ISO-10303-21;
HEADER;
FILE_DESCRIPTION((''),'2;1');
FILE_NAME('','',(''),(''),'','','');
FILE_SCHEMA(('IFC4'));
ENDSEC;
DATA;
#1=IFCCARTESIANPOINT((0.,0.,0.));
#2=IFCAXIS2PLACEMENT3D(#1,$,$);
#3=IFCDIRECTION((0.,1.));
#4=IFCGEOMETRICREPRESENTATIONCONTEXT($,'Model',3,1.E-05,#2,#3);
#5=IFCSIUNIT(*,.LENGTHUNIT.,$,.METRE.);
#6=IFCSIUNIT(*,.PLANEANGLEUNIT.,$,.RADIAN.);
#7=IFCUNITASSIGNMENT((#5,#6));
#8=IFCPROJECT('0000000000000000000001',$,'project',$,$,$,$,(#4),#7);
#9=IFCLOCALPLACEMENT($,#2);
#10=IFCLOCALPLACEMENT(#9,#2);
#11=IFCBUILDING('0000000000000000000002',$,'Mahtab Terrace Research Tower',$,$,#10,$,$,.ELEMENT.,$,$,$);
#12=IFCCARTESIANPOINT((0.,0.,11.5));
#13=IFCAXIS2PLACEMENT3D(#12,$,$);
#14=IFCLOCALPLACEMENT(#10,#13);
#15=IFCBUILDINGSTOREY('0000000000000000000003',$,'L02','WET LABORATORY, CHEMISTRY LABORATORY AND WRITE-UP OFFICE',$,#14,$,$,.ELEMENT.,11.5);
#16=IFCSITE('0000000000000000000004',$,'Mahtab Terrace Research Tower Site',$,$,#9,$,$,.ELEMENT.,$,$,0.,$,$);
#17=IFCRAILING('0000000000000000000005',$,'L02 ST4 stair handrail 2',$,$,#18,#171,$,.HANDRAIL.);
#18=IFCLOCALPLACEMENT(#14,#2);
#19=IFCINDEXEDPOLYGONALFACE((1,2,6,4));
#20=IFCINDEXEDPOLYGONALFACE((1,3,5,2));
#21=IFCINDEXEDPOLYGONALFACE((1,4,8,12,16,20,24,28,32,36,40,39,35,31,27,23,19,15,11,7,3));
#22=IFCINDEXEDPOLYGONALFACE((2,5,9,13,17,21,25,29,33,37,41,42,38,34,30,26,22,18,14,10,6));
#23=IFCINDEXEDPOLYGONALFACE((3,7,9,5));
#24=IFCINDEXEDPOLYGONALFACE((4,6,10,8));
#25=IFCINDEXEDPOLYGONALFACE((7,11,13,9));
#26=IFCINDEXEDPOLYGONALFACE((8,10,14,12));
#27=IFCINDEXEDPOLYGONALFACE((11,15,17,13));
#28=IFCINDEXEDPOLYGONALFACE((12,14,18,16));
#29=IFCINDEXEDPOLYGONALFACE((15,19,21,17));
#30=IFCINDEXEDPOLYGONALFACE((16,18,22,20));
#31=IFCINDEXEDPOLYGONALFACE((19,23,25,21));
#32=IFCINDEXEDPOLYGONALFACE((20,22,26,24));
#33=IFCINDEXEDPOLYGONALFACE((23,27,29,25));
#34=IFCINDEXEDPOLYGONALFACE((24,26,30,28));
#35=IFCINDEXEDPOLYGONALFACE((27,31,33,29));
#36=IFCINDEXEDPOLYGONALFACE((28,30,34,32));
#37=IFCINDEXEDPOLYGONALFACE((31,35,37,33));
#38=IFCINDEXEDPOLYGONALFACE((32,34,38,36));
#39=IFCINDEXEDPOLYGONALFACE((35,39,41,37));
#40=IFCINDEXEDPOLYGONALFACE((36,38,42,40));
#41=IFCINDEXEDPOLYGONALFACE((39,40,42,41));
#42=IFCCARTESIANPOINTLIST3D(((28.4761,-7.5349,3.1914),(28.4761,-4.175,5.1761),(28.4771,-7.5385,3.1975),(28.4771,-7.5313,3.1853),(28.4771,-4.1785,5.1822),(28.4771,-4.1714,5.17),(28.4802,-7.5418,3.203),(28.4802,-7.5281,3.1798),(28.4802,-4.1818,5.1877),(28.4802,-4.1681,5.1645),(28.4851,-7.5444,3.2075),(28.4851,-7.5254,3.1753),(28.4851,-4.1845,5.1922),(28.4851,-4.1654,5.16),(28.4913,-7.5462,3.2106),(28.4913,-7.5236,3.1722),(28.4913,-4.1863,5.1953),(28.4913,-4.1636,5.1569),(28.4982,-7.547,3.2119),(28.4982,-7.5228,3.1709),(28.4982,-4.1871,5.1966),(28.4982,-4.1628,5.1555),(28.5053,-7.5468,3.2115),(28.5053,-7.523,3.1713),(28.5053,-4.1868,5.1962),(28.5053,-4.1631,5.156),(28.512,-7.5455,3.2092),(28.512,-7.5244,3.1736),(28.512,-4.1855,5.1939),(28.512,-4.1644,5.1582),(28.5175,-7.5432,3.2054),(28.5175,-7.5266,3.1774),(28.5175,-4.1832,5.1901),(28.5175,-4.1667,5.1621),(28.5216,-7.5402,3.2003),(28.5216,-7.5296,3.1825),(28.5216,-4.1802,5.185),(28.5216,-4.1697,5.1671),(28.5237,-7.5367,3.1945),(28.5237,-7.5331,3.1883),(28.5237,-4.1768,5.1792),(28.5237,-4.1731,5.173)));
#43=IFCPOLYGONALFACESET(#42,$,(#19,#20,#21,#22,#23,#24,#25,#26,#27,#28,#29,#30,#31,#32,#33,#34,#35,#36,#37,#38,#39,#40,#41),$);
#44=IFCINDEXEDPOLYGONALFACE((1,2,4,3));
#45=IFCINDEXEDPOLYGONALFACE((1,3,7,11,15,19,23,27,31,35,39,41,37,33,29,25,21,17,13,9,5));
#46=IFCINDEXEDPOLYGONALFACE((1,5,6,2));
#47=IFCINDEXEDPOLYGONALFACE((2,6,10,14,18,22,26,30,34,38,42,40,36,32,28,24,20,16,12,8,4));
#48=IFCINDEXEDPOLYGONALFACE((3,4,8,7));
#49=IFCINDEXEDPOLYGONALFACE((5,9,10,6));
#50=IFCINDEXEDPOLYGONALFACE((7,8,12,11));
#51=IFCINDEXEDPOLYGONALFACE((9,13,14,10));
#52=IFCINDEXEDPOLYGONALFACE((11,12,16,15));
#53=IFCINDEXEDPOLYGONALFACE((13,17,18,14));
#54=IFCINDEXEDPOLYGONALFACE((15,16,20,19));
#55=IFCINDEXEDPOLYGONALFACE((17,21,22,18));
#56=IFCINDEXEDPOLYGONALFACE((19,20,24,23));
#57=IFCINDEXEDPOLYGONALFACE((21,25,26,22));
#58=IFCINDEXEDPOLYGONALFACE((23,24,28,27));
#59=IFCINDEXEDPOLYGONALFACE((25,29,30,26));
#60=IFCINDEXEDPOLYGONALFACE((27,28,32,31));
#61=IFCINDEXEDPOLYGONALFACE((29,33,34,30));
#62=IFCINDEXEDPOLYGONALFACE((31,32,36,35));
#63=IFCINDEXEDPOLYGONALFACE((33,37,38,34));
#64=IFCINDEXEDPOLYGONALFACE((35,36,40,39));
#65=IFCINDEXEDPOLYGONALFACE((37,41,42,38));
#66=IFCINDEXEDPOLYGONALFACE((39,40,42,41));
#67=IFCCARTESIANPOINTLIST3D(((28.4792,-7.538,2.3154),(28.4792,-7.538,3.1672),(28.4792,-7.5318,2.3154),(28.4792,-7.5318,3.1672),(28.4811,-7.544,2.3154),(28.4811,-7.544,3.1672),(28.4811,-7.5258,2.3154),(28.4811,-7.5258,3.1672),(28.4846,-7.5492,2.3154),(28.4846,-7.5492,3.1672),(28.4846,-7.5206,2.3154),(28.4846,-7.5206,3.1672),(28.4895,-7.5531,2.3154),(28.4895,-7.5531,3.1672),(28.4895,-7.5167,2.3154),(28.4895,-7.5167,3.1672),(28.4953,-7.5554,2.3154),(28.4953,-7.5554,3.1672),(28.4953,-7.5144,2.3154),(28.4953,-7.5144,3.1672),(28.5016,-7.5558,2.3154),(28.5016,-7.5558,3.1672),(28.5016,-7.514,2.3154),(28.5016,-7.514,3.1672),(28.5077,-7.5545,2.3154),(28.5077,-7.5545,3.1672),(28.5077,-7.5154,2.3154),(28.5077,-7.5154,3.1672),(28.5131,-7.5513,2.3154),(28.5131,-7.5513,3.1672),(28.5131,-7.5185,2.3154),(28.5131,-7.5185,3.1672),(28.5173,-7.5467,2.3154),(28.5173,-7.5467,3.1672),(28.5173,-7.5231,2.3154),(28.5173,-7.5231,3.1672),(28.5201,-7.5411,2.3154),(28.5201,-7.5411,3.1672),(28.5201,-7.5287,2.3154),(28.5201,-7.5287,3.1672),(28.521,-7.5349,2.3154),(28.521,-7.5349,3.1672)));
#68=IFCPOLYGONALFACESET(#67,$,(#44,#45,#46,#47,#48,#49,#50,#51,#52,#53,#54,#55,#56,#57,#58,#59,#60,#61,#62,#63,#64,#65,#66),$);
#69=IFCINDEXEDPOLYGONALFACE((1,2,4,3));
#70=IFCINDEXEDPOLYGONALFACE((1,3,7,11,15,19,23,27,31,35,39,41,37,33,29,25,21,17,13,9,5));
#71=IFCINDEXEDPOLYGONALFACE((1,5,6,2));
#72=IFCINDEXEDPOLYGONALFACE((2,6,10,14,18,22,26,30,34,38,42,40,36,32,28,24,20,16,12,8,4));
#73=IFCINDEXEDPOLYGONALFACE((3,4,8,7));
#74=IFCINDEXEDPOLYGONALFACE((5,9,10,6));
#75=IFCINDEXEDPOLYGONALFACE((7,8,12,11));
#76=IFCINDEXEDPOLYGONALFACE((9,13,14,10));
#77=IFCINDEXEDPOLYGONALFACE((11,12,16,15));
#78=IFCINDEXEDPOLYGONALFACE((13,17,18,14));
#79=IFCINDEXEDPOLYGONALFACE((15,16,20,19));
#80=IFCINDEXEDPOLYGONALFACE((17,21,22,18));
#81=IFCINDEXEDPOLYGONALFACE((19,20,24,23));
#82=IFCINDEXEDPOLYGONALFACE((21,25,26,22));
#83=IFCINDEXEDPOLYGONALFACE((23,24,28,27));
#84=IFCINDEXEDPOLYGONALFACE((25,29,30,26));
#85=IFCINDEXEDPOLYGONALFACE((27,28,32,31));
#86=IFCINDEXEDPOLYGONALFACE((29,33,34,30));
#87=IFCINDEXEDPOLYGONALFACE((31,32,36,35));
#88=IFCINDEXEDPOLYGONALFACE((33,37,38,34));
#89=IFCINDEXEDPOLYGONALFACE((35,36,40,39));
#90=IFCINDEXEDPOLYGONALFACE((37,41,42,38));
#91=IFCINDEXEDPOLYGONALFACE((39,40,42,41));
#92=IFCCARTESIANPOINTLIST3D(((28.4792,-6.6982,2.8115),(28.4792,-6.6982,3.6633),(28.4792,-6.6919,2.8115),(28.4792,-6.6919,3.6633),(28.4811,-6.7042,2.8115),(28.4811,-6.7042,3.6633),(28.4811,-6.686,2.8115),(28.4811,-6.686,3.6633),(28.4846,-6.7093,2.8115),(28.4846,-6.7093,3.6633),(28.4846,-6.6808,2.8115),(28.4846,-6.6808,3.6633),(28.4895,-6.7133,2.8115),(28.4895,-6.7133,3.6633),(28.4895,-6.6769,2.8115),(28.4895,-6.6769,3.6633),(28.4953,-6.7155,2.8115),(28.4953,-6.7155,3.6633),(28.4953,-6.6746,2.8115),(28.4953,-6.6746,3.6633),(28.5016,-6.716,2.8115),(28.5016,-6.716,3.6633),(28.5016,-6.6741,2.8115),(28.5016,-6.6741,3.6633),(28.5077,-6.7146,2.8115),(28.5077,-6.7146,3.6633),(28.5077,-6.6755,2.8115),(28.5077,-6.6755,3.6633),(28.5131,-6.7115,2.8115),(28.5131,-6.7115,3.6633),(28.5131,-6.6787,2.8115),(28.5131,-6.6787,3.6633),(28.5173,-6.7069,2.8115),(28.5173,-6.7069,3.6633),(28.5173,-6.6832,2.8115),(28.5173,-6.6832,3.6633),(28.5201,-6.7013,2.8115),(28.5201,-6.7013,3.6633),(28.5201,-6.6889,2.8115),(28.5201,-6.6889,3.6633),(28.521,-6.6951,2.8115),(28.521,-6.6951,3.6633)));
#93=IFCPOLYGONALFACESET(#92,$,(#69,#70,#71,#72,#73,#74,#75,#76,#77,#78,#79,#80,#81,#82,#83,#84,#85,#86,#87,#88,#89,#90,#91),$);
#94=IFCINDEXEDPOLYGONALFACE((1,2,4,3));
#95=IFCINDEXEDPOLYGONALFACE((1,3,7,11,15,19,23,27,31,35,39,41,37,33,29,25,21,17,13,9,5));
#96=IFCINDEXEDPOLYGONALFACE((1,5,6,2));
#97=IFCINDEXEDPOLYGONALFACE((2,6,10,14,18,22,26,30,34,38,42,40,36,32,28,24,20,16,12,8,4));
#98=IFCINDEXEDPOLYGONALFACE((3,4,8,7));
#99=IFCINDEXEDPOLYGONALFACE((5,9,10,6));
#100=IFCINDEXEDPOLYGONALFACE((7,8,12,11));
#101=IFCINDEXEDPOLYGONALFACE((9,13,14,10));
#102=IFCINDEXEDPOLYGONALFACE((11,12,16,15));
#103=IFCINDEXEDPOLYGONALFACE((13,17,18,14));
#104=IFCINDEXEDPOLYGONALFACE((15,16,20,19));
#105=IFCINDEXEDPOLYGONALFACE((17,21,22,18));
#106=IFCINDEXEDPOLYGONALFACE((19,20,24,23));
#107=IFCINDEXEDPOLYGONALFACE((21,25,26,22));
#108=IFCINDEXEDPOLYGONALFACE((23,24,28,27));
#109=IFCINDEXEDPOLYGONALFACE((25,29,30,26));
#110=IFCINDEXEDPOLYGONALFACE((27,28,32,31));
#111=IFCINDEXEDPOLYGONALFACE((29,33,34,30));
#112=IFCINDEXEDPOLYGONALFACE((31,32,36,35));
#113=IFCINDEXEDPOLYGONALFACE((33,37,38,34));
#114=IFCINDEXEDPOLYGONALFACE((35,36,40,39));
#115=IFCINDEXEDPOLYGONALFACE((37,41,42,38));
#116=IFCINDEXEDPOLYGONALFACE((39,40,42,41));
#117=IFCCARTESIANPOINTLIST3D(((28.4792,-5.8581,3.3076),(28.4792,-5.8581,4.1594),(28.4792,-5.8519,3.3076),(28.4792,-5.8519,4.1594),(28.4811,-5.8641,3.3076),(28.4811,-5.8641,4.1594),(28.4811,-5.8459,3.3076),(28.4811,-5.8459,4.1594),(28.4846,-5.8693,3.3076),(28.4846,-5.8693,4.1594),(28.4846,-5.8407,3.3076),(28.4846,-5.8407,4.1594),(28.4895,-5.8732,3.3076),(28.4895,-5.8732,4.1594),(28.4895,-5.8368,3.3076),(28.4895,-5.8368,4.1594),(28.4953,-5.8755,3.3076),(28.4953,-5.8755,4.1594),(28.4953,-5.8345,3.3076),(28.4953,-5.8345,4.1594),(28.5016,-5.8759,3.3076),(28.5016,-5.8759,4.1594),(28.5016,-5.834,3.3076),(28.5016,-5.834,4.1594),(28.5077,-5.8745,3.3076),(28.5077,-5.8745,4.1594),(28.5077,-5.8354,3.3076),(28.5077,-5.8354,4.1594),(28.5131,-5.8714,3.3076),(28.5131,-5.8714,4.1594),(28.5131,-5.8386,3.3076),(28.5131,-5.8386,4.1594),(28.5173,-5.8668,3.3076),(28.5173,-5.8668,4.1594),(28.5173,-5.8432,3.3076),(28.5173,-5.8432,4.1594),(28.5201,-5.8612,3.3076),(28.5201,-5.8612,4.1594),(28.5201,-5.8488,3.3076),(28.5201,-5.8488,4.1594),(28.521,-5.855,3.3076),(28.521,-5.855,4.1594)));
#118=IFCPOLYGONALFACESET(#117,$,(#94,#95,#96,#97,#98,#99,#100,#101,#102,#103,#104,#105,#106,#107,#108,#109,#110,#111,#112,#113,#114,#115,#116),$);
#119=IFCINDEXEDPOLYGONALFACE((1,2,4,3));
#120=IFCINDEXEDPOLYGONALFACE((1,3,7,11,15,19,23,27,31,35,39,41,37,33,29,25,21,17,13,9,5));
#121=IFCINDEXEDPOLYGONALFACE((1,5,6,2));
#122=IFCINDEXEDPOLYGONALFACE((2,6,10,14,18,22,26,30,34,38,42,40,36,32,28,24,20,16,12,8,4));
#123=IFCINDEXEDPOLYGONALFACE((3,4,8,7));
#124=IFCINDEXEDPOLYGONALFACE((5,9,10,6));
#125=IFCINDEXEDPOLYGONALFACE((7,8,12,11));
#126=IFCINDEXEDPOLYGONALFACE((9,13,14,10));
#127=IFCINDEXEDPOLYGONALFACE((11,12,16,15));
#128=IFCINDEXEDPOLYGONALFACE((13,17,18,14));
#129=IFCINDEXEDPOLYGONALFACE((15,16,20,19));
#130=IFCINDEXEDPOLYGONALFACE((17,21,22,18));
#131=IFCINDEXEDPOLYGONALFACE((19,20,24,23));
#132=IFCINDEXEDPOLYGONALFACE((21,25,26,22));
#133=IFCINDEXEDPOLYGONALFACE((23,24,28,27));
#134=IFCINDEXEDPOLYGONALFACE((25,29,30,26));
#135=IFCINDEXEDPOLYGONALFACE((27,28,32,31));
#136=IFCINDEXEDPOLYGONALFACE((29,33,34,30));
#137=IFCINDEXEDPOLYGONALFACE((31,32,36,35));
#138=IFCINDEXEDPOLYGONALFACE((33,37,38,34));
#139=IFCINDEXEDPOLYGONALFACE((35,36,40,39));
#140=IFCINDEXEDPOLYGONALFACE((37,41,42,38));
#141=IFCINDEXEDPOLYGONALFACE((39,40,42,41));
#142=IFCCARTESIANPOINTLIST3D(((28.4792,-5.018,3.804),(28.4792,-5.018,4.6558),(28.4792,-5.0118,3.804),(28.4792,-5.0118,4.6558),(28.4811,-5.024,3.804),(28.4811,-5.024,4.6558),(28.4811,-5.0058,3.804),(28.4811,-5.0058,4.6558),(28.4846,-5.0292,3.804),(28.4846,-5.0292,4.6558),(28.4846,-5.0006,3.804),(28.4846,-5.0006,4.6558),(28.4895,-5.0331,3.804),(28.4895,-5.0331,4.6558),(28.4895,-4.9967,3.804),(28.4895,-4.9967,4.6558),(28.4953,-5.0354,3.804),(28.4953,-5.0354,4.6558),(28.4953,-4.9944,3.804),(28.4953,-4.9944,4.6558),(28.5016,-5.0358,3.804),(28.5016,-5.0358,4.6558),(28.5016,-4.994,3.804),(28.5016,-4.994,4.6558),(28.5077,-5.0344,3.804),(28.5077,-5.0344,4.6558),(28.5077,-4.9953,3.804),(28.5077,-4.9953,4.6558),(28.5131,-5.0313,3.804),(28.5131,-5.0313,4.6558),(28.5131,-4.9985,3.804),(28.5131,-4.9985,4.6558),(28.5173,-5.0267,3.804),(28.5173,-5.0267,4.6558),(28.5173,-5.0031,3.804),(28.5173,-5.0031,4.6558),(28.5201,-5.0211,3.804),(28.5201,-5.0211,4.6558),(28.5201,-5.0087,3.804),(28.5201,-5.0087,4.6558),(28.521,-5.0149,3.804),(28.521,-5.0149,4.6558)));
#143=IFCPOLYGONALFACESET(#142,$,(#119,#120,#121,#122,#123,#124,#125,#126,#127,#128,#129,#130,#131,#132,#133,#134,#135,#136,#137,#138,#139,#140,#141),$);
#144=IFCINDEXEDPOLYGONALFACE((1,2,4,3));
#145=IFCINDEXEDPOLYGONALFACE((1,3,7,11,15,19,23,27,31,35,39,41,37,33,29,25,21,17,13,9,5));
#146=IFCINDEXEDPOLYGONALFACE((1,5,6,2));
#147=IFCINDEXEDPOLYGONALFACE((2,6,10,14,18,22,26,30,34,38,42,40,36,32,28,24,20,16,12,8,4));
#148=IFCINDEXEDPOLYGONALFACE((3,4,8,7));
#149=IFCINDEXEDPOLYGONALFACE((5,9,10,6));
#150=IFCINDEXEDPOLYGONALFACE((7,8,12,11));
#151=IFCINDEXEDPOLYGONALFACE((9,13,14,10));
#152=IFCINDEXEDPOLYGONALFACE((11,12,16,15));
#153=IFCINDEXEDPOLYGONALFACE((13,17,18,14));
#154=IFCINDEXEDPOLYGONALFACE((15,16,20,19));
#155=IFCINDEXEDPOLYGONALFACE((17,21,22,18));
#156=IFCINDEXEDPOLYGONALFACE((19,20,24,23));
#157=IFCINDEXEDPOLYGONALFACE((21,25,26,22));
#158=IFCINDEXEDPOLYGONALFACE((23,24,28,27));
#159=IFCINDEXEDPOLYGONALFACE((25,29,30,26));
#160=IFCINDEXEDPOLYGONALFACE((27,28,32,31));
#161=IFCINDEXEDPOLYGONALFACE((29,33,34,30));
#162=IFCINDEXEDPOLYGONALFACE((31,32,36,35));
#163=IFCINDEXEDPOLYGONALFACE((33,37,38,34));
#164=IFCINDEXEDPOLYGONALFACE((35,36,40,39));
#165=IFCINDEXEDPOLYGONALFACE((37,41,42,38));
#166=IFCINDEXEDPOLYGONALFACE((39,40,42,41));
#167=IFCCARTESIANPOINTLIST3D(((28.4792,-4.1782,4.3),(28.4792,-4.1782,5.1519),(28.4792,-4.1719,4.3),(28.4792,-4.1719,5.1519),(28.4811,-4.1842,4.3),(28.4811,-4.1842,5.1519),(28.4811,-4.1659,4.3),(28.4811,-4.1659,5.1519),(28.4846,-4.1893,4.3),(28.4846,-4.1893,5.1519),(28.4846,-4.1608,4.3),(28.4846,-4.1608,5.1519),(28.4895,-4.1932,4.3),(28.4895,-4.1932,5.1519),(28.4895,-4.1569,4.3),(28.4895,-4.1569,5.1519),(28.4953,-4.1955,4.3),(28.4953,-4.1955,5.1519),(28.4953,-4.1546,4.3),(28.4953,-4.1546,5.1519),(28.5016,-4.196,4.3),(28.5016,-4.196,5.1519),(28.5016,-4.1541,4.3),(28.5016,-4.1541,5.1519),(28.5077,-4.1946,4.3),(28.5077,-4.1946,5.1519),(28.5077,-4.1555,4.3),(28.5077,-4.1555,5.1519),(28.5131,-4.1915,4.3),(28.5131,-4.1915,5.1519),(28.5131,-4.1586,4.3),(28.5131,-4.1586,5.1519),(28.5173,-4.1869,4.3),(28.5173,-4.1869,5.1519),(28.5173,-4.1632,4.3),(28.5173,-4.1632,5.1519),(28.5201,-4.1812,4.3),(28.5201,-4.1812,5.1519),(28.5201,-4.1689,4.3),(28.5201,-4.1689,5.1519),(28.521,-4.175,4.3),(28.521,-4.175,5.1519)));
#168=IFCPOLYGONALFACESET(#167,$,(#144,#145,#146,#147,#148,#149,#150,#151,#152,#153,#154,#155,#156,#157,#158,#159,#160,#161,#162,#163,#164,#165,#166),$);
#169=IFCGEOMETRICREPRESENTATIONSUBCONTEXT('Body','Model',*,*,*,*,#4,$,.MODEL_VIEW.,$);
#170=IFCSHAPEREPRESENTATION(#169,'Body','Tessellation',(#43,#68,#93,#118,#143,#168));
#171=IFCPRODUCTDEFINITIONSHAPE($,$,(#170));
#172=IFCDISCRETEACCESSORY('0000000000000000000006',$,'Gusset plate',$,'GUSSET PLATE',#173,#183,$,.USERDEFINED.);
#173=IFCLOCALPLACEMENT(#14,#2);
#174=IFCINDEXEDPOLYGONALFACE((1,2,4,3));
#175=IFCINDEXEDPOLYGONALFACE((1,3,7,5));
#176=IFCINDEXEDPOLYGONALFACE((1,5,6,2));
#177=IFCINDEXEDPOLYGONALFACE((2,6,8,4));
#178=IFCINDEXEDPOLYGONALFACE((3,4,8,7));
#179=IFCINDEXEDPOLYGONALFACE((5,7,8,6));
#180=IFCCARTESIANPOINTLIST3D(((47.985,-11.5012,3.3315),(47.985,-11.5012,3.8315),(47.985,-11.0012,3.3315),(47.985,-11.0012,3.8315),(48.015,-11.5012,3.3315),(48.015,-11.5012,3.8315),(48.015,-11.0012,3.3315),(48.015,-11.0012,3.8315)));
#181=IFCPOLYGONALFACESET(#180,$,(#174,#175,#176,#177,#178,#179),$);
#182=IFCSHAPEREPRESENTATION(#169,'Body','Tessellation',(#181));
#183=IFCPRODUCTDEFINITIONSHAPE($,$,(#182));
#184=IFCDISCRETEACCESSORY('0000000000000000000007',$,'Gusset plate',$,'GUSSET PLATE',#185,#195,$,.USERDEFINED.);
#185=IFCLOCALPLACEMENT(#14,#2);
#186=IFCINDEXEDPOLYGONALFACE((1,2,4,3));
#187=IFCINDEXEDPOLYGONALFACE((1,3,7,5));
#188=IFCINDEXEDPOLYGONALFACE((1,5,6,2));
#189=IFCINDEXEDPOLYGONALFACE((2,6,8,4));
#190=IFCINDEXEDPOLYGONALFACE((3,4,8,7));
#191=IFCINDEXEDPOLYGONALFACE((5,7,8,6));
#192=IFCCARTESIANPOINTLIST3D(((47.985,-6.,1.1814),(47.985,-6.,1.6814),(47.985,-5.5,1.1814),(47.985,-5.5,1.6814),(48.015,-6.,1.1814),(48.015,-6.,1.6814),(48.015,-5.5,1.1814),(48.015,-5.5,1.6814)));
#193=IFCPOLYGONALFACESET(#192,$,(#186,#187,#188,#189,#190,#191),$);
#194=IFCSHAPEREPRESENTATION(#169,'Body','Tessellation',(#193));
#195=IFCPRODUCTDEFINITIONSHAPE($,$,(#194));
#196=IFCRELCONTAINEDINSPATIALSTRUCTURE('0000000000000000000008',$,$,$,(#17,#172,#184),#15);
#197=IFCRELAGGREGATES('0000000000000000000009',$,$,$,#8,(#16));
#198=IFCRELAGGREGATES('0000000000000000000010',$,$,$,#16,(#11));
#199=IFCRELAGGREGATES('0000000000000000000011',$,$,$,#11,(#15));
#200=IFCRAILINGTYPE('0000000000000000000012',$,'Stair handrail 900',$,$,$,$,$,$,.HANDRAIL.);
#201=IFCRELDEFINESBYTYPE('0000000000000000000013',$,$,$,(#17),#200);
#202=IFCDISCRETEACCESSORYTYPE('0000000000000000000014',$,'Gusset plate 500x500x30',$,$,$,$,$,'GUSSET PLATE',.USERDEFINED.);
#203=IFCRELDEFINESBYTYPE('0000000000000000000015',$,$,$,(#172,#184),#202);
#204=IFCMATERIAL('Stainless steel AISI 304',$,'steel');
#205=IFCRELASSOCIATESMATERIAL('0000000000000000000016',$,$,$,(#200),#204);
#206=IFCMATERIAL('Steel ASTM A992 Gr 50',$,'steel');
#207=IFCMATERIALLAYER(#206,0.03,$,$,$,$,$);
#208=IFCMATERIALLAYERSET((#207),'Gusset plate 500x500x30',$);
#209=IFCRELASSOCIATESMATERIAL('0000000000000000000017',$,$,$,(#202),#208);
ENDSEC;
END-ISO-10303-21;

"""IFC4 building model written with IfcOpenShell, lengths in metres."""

from ifc_helpers import new_model, si_unit, direction, frame, origin, origin_2d, place, context, subcontext, project, spatial, rectangle, circle, extrude, material, layer, layer_set, type_object, element, save


model = new_model("IFC4")

# Units and contexts
model_context = context("Model", 3, precision=1e-05, world=origin(), true_north=direction((0.0, 1.0)))
body_context = subcontext(model_context, "Body", "Model", "MODEL_VIEW")
ifc_project = project(units=[si_unit("LENGTHUNIT", "METRE"), si_unit("PLANEANGLEUNIT", "RADIAN")], contexts=[model_context])

# Site, building, storey
site_placement = place(None, origin())
site = spatial("IfcSite", under=ifc_project, at=site_placement, Name="Mahtab Terrace Research Tower Site", CompositionType="ELEMENT", RefElevation=0.0)
building_placement = place(site_placement, origin())
building = spatial("IfcBuilding", under=site, at=building_placement, Name="Mahtab Terrace Research Tower", CompositionType="ELEMENT")
storey_placement = place(building_placement, frame((0.0, 0.0, 11.5)))
storey = spatial("IfcBuildingStorey", under=building, at=storey_placement, Name="L02", Description="WET LABORATORY, CHEMISTRY LABORATORY AND WRITE-UP OFFICE", CompositionType="ELEMENT", Elevation=11.5)

# Railing
ifc_material_1 = material(Name="Stainless steel AISI 304", Category="steel")
railing_type_1 = type_object("IfcRailingType", Name="Stair handrail 900", PredefinedType="HANDRAIL", material=ifc_material_1)
railing_1_placement = place(storey_placement, frame((28.5, -7.5349, 2.3154)))
element("IfcRailing", 1, at=railing_1_placement, inside=storey, type_object=railing_type_1, Name="L02 ST4 stair handrail 2", PredefinedType="HANDRAIL", context=body_context, shape_type="SweptSolid", body=[
    extrude(circle(Radius=0.0239, at=origin_2d()), frame((0.0, 0.0, 0.876), z_axis=(0.0, 0.861011, 0.508586), x_axis=(-1.0, 0.0, 0.0)), (0.0, 0.0, 1.0), 3.9023),
    extrude(circle(Radius=0.021, at=origin_2d()), origin(), (0.0, 0.0, 1.0), 0.8518),
    extrude(circle(Radius=0.021, at=origin_2d()), frame((0.0, 0.8398, 0.4961)), (0.0, 0.0, 1.0), 0.8518),
    extrude(circle(Radius=0.021, at=origin_2d()), frame((0.0, 1.6799, 0.9922)), (0.0, 0.0, 1.0), 0.8518),
    extrude(circle(Radius=0.021, at=origin_2d()), frame((0.0, 2.52, 1.4885)), (0.0, 0.0, 1.0), 0.8518),
    extrude(circle(Radius=0.021, at=origin_2d()), frame((0.0, 3.3599, 1.9846)), (0.0, 0.0, 1.0), 0.8518),
])

# Discrete accessories
ifc_material_2 = material(Name="Steel ASTM A992 Gr 50", Category="steel")
ifc_layer_1 = layer(ifc_material_2, 0.03)
ifc_layer_set_1 = layer_set([ifc_layer_1], Name="Gusset plate 500x500x30")
discrete_accessory_type = type_object("IfcDiscreteAccessoryType", Name="Gusset plate 500x500x30", ElementType="GUSSET PLATE", PredefinedType="USERDEFINED", material=ifc_layer_set_1)
for number, where, z_axis, x_axis, name in (
    (2, (48.0, -11.2512, 3.3315), (0.0, 0.0, 1.0), (0.0, 1.0, 0.0), "Gusset plate"),
    (3, (48.0, -5.75, 1.1814), (0.0, 0.0, 1.0), (0.0, 1.0, 0.0), "Gusset plate"),
):
    element("IfcDiscreteAccessory", number, at=place(storey_placement, frame(where, z_axis=z_axis, x_axis=x_axis)), inside=storey, type_object=discrete_accessory_type, Name=name, ObjectType="GUSSET PLATE", PredefinedType="USERDEFINED", context=body_context, shape_type="SweptSolid", body=[
        extrude(rectangle(XDim=0.5, YDim=0.03, at=origin_2d()), origin(), (0.0, 0.0, 1.0), 0.5),
    ])

save(model, "model.ifc")
